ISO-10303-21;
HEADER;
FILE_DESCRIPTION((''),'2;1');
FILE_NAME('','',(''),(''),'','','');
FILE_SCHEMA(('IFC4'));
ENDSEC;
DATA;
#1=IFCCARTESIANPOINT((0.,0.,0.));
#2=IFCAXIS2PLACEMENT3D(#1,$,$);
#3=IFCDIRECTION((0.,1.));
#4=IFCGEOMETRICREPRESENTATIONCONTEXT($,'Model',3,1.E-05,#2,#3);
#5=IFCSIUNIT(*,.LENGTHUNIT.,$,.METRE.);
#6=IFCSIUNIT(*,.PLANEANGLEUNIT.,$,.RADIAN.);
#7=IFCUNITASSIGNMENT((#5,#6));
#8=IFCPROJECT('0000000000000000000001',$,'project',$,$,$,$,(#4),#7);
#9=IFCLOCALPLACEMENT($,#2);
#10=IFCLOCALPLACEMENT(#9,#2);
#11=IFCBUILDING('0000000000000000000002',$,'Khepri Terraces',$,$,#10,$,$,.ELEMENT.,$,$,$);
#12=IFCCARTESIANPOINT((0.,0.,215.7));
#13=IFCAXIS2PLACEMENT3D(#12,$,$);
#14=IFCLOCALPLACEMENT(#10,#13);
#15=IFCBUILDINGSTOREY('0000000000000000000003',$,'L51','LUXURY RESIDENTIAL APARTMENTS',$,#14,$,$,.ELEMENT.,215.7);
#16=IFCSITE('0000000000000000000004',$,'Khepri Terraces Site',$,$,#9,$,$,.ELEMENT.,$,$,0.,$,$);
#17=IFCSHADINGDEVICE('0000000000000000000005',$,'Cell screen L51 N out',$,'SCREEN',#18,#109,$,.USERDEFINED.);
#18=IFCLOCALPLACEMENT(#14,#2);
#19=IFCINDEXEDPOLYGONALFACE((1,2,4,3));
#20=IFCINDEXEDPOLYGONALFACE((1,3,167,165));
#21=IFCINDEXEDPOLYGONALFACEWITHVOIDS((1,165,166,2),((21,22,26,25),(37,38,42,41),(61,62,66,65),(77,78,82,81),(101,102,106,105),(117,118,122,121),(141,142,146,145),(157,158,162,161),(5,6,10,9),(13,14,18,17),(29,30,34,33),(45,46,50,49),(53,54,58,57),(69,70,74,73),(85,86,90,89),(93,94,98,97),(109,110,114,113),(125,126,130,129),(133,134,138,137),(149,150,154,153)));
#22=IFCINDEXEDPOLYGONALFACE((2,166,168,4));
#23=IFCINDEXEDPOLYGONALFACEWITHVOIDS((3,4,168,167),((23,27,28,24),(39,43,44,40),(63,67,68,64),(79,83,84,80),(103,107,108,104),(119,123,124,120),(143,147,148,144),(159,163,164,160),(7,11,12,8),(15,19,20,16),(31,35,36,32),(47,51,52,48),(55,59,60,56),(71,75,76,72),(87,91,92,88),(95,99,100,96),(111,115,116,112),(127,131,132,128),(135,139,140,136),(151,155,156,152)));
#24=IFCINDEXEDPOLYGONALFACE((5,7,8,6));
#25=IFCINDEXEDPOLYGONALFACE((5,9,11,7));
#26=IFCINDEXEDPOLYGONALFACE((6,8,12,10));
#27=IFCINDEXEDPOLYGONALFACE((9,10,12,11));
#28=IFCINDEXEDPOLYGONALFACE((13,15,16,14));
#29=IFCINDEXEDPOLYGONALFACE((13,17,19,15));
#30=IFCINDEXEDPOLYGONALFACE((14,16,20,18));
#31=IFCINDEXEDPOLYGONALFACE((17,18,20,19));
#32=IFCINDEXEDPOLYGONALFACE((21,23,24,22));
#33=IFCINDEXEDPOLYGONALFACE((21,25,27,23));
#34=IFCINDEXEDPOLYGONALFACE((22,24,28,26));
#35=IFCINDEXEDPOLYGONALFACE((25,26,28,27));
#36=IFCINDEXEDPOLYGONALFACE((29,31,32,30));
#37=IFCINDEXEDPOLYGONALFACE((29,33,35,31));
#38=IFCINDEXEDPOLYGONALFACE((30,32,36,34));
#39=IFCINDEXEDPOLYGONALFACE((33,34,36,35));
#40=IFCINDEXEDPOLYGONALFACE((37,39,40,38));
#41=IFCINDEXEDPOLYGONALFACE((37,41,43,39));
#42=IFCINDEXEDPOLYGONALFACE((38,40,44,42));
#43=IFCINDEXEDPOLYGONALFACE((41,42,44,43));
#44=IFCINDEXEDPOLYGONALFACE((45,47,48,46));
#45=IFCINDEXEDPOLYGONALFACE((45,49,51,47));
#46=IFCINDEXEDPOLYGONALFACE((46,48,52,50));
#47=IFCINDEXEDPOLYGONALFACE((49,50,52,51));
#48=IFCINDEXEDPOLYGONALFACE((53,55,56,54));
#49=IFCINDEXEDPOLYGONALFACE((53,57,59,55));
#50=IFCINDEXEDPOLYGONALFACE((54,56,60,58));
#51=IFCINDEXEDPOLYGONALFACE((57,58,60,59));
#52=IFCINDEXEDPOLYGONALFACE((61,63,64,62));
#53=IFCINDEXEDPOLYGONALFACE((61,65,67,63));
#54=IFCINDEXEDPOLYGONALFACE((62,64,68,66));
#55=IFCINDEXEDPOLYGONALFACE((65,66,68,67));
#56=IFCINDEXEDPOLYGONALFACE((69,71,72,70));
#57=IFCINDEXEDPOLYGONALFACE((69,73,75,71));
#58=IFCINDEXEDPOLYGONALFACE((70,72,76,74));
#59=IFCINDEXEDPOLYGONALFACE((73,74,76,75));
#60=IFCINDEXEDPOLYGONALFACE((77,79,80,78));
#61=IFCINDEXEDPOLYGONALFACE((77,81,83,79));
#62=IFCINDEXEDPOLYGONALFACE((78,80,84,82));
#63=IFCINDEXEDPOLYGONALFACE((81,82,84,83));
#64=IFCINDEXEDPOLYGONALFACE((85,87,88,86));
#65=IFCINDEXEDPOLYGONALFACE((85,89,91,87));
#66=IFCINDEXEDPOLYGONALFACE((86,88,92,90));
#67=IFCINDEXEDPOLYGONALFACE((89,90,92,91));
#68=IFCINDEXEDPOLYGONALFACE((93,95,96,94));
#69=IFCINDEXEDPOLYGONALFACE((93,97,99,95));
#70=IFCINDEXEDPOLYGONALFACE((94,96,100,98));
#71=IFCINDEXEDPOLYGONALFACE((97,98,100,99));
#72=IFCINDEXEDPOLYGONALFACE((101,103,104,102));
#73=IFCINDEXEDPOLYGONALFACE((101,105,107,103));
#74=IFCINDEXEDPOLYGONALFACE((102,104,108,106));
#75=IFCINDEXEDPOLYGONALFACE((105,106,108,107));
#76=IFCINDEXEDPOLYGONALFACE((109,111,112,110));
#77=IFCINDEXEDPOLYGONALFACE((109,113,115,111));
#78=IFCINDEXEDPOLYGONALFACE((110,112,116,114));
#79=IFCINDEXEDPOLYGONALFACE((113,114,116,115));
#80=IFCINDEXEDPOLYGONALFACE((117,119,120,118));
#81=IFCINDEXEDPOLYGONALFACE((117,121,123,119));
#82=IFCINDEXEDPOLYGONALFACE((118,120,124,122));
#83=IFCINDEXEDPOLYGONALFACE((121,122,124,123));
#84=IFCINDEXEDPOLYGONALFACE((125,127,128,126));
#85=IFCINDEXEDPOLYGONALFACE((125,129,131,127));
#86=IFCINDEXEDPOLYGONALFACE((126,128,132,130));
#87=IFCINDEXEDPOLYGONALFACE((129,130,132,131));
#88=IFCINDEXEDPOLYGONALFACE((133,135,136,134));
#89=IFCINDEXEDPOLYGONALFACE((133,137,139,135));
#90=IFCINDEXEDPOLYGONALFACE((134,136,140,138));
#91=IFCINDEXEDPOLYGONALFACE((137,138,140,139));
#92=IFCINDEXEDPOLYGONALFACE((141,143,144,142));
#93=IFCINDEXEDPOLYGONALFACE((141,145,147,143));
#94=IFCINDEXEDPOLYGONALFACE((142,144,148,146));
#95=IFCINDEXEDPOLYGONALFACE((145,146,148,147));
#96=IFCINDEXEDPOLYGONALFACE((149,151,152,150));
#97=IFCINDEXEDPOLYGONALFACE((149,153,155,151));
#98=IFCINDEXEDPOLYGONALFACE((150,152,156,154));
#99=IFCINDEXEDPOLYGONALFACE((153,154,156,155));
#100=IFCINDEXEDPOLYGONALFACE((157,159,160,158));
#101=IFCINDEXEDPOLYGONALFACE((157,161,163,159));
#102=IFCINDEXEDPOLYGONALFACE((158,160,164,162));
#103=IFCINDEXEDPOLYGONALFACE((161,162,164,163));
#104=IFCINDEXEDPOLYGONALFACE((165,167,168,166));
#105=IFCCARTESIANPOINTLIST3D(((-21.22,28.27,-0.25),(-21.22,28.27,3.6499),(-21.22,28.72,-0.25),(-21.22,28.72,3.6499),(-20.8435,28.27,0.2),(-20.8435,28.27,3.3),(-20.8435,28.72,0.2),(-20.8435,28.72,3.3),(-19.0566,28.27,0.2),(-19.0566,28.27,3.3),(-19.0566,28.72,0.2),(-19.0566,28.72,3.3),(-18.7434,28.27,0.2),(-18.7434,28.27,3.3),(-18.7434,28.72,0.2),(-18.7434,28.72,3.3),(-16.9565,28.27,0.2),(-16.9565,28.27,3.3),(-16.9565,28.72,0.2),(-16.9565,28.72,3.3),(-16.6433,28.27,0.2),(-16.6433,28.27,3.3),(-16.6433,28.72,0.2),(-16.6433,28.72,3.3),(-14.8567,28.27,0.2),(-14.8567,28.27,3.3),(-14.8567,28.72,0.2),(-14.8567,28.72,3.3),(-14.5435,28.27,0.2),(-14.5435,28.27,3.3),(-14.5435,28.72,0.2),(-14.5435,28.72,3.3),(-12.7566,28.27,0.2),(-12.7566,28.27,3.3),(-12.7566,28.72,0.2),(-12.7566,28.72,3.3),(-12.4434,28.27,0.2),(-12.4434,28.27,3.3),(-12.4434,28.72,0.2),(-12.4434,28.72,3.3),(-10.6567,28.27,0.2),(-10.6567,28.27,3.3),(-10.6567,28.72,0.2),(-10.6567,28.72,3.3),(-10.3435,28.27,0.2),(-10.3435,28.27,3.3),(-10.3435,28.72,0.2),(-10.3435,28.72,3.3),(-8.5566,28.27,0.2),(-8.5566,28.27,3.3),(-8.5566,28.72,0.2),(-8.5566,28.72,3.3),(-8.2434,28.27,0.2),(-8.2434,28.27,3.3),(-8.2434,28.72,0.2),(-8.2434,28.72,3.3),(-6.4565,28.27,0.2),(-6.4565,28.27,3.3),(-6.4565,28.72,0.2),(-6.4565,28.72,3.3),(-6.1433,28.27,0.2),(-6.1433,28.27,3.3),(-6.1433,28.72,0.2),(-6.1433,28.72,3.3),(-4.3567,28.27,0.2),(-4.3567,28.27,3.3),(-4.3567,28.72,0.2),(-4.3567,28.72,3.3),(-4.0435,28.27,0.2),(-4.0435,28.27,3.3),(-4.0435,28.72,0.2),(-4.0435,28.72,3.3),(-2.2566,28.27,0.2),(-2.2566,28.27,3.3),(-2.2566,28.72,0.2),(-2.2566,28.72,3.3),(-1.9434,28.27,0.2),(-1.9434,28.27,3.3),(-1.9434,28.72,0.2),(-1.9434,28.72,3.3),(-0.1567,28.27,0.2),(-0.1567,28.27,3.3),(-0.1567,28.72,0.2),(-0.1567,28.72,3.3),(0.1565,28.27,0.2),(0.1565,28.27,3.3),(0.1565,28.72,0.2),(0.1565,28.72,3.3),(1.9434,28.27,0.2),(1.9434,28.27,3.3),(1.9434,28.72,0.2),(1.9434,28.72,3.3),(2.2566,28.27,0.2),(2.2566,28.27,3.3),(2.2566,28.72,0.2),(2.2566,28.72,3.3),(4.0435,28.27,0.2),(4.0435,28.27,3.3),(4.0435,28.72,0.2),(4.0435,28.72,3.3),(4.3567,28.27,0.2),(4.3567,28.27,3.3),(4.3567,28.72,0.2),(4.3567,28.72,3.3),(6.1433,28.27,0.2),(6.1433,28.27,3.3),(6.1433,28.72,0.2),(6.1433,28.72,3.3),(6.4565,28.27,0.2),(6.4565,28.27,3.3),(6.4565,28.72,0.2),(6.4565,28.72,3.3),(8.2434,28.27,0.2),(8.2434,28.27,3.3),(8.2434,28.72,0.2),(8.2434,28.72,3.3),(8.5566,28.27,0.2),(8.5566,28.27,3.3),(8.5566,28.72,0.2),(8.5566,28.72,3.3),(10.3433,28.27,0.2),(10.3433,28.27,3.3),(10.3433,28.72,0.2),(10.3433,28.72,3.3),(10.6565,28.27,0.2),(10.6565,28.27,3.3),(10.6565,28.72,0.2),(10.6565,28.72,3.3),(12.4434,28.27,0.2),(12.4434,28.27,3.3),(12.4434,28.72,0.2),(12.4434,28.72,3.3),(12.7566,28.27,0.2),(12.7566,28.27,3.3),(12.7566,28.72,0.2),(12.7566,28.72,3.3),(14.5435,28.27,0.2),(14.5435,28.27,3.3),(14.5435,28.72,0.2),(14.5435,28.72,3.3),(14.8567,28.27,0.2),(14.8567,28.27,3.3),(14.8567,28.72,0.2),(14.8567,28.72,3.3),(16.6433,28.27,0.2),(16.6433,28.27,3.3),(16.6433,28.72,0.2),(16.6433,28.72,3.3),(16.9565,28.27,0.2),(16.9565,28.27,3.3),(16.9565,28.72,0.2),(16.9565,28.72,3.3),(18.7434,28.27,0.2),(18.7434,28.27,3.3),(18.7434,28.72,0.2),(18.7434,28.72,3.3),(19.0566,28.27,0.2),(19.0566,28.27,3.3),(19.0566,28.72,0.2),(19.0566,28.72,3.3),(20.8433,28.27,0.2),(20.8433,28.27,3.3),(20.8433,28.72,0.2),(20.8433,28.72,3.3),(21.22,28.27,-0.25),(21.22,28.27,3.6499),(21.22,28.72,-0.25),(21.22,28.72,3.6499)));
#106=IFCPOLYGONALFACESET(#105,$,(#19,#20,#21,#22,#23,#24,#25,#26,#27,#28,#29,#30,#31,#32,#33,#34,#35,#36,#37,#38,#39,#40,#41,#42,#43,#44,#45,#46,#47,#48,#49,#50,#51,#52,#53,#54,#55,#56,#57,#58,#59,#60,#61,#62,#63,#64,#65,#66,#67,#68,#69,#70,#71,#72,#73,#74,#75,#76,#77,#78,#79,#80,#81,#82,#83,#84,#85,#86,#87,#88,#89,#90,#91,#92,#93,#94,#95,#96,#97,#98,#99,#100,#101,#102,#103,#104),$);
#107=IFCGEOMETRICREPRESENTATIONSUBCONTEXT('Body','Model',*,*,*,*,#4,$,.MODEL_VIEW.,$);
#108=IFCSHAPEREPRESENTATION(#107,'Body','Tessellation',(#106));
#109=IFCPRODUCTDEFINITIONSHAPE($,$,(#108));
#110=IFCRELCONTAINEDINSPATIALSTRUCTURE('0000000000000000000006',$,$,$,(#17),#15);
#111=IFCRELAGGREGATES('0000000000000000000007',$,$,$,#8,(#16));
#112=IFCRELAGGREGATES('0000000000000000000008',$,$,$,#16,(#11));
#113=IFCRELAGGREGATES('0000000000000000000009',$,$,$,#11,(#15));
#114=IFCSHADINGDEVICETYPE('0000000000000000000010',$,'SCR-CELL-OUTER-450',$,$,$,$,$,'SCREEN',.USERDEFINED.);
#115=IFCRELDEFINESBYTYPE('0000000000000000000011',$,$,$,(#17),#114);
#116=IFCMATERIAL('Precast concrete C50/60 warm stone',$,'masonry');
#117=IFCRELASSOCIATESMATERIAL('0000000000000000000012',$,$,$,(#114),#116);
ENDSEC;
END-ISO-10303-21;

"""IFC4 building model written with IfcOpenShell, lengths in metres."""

from ifc_helpers import new_model, si_unit, direction, frame, origin, place, context, subcontext, project, spatial, polyline, outline, extrude, material, type_object, element, save


model = new_model("IFC4")

# Units and contexts
model_context = context("Model", 3, precision=1e-05, world=origin(), true_north=direction((0.0, 1.0)))
body_context = subcontext(model_context, "Body", "Model", "MODEL_VIEW")
ifc_project = project(units=[si_unit("LENGTHUNIT", "METRE"), si_unit("PLANEANGLEUNIT", "RADIAN")], contexts=[model_context])

# Site, building, storey
site_placement = place(None, origin())
site = spatial("IfcSite", under=ifc_project, at=site_placement, Name="Khepri Terraces Site", CompositionType="ELEMENT", RefElevation=0.0)
building_placement = place(site_placement, origin())
building = spatial("IfcBuilding", under=site, at=building_placement, Name="Khepri Terraces", CompositionType="ELEMENT")
storey_placement = place(building_placement, frame((0.0, 0.0, 215.7)))
storey = spatial("IfcBuildingStorey", under=building, at=storey_placement, Name="L51", Description="LUXURY RESIDENTIAL APARTMENTS", CompositionType="ELEMENT", Elevation=215.7)

# Shared definitions
ifc_material_1 = material(Name="Precast concrete C50/60 warm stone", Category="masonry")

# Shading device
shading_device_type_1 = type_object("IfcShadingDeviceType", Name="SCR-CELL-OUTER-450", ElementType="SCREEN", PredefinedType="USERDEFINED", material=ifc_material_1)
shading_device_1_placement = place(storey_placement, frame((21.22, 28.27, -0.25), z_axis=(0.0, 1.0, 0.0), x_axis=(-1.0, 0.0, 0.0)))
element("IfcShadingDevice", 1, at=shading_device_1_placement, inside=storey, type_object=shading_device_type_1, Name="Cell screen L51 N out", ObjectType="SCREEN", PredefinedType="USERDEFINED", context=body_context, shape_type="SweptSolid", body=[
    extrude(outline(polyline([(0.0, 0.0), (42.4399, 0.0), (42.4399, 3.8999), (0.0, 3.8999), (0.0, 0.0)]), holes=[polyline([(0.3767, 0.45), (2.1633, 0.45), (2.1633, 3.55), (0.3767, 3.55), (0.3767, 0.45)]), polyline([(2.4766, 0.45), (4.2634, 0.45), (4.2634, 3.55), (2.4766, 3.55), (2.4766, 0.45)]), polyline([(4.5767, 0.45), (6.3633, 0.45), (6.3633, 3.55), (4.5767, 3.55), (4.5767, 0.45)]), polyline([(6.6765, 0.45), (8.4634, 0.45), (8.4634, 3.55), (6.6765, 3.55), (6.6765, 0.45)]), polyline([(8.7766, 0.45), (10.5635, 0.45), (10.5635, 3.55), (8.7766, 3.55), (8.7766, 0.45)]), polyline([(10.8767, 0.45), (12.6633, 0.45), (12.6633, 3.55), (10.8767, 3.55), (10.8767, 0.45)]), polyline([(12.9766, 0.45), (14.7634, 0.45), (14.7634, 3.55), (12.9766, 3.55), (12.9766, 0.45)]), polyline([(15.0767, 0.45), (16.8633, 0.45), (16.8633, 3.55), (15.0767, 3.55), (15.0767, 0.45)]), polyline([(17.1765, 0.45), (18.9634, 0.45), (18.9634, 3.55), (17.1765, 3.55), (17.1765, 0.45)]), polyline([(19.2766, 0.45), (21.0635, 0.45), (21.0635, 3.55), (19.2766, 3.55), (19.2766, 0.45)]), polyline([(21.3767, 0.45), (23.1633, 0.45), (23.1633, 3.55), (21.3767, 3.55), (21.3767, 0.45)]), polyline([(23.4766, 0.45), (25.2634, 0.45), (25.2634, 3.55), (23.4766, 3.55), (23.4766, 0.45)]), polyline([(25.5767, 0.45), (27.3633, 0.45), (27.3633, 3.55), (25.5767, 3.55), (25.5767, 0.45)]), polyline([(27.6765, 0.45), (29.4634, 0.45), (29.4634, 3.55), (27.6765, 3.55), (27.6765, 0.45)]), polyline([(29.7766, 0.45), (31.5635, 0.45), (31.5635, 3.55), (29.7766, 3.55), (29.7766, 0.45)]), polyline([(31.8767, 0.45), (33.6633, 0.45), (33.6633, 3.55), (31.8767, 3.55), (31.8767, 0.45)]), polyline([(33.9766, 0.45), (35.7634, 0.45), (35.7634, 3.55), (33.9766, 3.55), (33.9766, 0.45)]), polyline([(36.0767, 0.45), (37.8633, 0.45), (37.8633, 3.55), (36.0767, 3.55), (36.0767, 0.45)]), polyline([(38.1765, 0.45), (39.9634, 0.45), (39.9634, 3.55), (38.1765, 3.55), (38.1765, 0.45)]), polyline([(40.2766, 0.45), (42.0635, 0.45), (42.0635, 3.55), (40.2766, 3.55), (40.2766, 0.45)])]), origin(), (0.0, 0.0, 1.0), 0.45),
])

save(model, "model.ifc")
